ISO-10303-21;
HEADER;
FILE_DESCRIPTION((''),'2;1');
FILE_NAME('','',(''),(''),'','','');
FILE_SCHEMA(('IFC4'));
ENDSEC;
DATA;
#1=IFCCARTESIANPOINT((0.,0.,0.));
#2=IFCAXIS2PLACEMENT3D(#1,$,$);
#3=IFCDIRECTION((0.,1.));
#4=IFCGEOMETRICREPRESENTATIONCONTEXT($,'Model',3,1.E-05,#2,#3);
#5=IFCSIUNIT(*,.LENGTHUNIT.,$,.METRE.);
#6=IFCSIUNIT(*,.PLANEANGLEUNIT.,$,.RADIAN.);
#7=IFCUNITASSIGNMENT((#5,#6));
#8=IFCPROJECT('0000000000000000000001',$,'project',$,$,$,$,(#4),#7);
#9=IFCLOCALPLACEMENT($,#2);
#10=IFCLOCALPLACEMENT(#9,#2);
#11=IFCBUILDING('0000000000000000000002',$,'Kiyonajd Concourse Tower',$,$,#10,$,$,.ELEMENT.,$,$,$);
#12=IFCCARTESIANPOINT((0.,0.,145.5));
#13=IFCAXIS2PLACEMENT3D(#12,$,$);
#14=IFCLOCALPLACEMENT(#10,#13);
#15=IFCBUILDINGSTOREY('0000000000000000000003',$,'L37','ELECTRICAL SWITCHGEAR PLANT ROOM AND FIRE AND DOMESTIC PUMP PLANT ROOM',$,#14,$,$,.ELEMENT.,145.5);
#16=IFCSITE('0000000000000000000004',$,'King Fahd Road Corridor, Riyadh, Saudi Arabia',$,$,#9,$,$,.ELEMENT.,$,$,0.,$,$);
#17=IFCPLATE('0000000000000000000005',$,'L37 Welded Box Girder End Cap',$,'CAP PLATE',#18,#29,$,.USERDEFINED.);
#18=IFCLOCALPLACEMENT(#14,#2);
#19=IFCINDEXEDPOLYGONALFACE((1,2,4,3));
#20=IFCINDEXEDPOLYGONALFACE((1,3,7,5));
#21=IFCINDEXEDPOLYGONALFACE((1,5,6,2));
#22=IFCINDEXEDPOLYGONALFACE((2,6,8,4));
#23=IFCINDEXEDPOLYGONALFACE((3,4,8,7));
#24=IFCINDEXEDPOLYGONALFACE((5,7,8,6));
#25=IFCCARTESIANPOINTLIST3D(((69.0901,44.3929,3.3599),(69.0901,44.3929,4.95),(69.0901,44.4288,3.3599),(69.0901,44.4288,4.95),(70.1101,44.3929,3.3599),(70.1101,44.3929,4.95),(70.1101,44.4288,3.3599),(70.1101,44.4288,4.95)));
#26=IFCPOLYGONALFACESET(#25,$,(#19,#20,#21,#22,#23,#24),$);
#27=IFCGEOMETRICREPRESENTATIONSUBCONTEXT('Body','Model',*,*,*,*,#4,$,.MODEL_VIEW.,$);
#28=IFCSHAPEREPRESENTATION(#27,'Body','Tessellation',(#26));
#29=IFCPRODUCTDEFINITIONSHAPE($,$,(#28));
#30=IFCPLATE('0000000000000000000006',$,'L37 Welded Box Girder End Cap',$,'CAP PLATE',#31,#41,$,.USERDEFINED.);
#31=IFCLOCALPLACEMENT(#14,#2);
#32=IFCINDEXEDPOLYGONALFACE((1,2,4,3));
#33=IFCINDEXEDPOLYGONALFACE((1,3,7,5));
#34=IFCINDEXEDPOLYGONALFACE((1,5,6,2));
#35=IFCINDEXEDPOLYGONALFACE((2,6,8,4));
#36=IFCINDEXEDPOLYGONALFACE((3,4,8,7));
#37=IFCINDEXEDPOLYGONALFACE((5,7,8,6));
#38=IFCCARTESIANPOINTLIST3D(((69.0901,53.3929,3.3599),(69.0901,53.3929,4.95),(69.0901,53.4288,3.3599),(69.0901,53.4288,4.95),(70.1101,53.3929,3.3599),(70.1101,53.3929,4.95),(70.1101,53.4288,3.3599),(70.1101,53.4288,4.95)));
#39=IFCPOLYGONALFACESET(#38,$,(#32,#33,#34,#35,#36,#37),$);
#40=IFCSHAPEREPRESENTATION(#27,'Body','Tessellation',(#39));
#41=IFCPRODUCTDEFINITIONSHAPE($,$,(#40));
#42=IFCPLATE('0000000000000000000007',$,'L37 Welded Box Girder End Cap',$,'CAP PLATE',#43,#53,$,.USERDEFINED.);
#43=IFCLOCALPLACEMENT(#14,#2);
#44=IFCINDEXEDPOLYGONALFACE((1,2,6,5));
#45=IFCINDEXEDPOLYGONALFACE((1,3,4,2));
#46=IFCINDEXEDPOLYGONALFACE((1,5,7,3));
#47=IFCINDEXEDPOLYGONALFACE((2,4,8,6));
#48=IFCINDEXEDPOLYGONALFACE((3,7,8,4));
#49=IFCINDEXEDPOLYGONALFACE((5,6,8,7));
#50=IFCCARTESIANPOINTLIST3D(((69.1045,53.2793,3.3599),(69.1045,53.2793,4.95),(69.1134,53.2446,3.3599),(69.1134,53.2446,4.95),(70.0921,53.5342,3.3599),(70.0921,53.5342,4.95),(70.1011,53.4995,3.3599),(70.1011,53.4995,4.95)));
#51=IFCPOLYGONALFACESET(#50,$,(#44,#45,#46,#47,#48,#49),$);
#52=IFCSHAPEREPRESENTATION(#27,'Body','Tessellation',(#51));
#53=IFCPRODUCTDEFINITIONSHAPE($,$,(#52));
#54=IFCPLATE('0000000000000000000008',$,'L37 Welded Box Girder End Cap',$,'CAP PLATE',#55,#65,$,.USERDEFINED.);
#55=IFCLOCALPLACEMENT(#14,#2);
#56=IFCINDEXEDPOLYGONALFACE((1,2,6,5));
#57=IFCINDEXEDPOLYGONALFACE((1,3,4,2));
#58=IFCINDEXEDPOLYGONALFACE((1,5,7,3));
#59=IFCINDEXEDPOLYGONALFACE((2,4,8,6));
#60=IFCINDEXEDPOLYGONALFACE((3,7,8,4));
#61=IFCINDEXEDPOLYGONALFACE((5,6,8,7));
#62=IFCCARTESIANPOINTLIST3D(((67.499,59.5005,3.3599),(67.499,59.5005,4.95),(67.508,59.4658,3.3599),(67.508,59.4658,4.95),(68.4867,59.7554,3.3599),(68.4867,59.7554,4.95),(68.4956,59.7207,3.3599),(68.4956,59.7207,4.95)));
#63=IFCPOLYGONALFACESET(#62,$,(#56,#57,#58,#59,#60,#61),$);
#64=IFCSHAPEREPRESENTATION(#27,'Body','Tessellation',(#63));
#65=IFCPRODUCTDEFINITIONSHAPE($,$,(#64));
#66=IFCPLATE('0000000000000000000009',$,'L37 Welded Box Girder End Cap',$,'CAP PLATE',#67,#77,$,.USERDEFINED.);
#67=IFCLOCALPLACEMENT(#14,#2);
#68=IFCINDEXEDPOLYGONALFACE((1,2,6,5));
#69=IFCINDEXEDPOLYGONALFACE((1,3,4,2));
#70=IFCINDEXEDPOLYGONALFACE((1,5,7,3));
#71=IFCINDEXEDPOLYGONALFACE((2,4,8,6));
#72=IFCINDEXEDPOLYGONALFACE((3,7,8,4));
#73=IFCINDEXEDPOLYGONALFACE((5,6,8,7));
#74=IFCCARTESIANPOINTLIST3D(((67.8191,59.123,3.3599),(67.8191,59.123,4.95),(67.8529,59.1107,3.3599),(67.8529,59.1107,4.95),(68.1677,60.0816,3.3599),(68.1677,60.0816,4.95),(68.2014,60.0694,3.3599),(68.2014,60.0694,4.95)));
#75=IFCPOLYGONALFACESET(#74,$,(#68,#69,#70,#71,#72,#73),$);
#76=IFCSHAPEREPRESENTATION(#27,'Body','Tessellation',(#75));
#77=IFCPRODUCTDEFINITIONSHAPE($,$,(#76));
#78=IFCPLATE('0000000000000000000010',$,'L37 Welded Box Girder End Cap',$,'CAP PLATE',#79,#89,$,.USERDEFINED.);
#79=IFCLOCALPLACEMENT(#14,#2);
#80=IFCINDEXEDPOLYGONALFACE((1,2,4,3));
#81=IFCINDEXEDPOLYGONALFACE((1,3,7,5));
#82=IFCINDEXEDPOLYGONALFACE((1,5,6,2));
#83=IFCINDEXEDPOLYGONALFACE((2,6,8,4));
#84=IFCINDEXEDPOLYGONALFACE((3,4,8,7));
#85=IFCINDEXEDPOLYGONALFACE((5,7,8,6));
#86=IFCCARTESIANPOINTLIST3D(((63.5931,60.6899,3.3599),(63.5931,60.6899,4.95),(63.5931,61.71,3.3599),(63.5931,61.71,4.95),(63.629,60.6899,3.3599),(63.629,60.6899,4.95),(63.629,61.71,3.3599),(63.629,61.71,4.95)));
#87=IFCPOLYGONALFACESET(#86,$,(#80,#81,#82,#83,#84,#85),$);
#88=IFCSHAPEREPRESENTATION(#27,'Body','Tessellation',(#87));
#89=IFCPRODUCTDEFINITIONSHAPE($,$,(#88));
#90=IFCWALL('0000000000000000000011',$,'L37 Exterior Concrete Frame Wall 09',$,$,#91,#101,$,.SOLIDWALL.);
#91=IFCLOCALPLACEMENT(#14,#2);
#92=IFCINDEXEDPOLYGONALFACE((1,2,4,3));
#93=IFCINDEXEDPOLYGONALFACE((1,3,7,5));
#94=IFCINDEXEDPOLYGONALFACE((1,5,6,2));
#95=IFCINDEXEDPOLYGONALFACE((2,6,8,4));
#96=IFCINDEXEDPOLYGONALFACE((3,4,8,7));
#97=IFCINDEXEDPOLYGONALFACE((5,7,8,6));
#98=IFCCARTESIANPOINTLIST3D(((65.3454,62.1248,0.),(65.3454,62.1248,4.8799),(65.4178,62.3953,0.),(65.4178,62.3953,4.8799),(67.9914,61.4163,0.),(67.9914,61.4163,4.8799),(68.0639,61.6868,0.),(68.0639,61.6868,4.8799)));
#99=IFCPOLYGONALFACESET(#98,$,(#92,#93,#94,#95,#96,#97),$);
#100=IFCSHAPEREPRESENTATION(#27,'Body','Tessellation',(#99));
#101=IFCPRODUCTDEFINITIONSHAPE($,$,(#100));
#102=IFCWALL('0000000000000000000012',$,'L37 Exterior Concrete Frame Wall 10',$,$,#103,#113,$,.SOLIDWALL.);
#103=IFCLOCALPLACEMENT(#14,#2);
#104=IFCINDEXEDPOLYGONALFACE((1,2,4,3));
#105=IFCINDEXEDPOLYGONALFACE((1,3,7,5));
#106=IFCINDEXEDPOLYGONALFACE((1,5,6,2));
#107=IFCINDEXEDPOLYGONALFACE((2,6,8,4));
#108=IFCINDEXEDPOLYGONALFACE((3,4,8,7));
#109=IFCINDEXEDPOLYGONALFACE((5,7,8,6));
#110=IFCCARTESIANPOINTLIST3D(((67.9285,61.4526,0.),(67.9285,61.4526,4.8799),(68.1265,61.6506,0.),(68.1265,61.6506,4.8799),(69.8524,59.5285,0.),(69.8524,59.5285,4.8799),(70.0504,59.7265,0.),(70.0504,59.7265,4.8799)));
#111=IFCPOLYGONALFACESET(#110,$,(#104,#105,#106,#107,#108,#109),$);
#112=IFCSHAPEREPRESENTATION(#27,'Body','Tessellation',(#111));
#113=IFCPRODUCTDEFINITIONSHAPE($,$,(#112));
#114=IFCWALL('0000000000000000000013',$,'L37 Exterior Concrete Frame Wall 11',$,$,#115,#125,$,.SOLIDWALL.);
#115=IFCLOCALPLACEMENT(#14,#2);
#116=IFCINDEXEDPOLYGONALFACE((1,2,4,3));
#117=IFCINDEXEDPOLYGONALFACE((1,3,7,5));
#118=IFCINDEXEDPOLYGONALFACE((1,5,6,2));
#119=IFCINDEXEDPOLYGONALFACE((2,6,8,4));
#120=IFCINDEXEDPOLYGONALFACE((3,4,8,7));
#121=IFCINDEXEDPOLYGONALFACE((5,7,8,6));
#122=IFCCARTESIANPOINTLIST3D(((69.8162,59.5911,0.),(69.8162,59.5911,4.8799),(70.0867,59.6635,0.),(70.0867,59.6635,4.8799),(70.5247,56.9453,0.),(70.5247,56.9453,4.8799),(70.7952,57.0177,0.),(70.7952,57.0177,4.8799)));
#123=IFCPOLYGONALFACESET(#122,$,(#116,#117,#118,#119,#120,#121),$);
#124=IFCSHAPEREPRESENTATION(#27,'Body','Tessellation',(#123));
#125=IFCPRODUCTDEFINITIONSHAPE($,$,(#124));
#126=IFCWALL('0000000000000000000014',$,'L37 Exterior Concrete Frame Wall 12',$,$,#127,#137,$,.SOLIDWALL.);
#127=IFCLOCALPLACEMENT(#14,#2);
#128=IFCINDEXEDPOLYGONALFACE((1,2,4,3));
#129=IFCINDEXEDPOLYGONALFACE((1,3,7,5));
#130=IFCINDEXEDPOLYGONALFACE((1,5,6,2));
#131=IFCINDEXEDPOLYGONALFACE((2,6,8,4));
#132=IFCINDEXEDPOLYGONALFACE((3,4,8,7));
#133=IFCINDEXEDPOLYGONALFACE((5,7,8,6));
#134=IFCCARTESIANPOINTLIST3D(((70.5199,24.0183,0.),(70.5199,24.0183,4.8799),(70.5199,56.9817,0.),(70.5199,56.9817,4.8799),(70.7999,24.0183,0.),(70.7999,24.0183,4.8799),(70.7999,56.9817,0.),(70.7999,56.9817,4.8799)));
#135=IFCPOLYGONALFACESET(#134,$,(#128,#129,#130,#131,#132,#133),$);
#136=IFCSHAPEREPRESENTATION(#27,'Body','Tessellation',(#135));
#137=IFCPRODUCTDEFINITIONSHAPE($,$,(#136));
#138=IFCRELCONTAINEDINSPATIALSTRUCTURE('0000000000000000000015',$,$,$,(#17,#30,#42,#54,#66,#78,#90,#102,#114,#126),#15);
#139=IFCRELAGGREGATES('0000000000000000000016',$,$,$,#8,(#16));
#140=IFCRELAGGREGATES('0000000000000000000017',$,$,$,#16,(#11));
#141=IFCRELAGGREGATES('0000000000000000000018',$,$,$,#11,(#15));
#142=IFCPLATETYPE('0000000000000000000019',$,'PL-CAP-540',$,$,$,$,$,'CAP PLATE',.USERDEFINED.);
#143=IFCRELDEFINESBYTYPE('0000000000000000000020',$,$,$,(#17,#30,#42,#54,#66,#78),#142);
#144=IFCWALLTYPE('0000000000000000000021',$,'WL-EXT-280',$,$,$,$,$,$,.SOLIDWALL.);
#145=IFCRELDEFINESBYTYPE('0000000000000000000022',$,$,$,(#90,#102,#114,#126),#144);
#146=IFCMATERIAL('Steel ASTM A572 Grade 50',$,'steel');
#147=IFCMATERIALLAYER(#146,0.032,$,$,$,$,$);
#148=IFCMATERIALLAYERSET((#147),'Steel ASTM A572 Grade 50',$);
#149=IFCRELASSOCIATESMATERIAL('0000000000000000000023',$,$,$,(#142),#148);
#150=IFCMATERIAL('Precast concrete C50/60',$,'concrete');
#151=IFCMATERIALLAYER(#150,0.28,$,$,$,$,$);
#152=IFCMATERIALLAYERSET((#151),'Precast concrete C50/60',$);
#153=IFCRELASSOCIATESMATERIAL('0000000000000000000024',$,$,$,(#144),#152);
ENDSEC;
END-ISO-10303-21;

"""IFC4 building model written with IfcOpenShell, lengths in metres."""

from ifc_helpers import new_model, si_unit, direction, frame, frame_2d, origin, origin_2d, place, context, subcontext, project, spatial, rectangle, extrude, material, layer, layer_set, type_object, element, save


model = new_model("IFC4")

# Units and contexts
model_context = context("Model", 3, precision=1e-05, world=origin(), true_north=direction((0.0, 1.0)))
body_context = subcontext(model_context, "Body", "Model", "MODEL_VIEW")
ifc_project = project(units=[si_unit("LENGTHUNIT", "METRE"), si_unit("PLANEANGLEUNIT", "RADIAN")], contexts=[model_context])

# Site, building, storey
site_placement = place(None, origin())
site = spatial("IfcSite", under=ifc_project, at=site_placement, Name="King Fahd Road Corridor, Riyadh, Saudi Arabia", CompositionType="ELEMENT", RefElevation=0.0)
building_placement = place(site_placement, origin())
building = spatial("IfcBuilding", under=site, at=building_placement, Name="Kiyonajd Concourse Tower", CompositionType="ELEMENT")
storey_placement = place(building_placement, frame((0.0, 0.0, 145.5)))
storey = spatial("IfcBuildingStorey", under=building, at=storey_placement, Name="L37", Description="ELECTRICAL SWITCHGEAR PLANT ROOM AND FIRE AND DOMESTIC PUMP PLANT ROOM", CompositionType="ELEMENT", Elevation=145.5)

# Shared definitions
ifc_material_1 = material(Name="Steel ASTM A572 Grade 50", Category="steel")

# Plates
ifc_layer_1 = layer(ifc_material_1, 0.032)
ifc_layer_set_1 = layer_set([ifc_layer_1], Name="Steel ASTM A572 Grade 50")
plate_type_1 = type_object("IfcPlateType", Name="PL-CAP-540", ElementType="CAP PLATE", PredefinedType="USERDEFINED", material=ifc_layer_set_1)
for number, where, z_axis, x_axis, name in (
    (1, (69.6001, 44.4109, 3.3599), (0.0, 0.0, 1.0), (0.0, 1.0, 0.0), "L37 Welded Box Girder End Cap"),
    (2, (69.6001, 53.4109, 3.3599), (0.0, 0.0, 1.0), (0.0, 1.0, 0.0), "L37 Welded Box Girder End Cap"),
    (3, (69.6028, 53.3894, 3.3599), (0.0, 0.0, 1.0), (0.249873, -0.968279, 0.0), "L37 Welded Box Girder End Cap"),
    (4, (67.9973, 59.6106, 3.3599), (0.0, 0.0, 1.0), (-0.249873, 0.968279, 0.0), "L37 Welded Box Girder End Cap"),
    (5, (68.0103, 59.5962, 3.3599), (0.0, 0.0, 1.0), (0.939812, -0.341692, 0.0), "L37 Welded Box Girder End Cap"),
    (6, (63.6111, 61.2, 3.3599), (0.0, 0.0, 1.0), (1.0, 0.0, 0.0), "L37 Welded Box Girder End Cap"),
):
    element("IfcPlate", number, at=place(storey_placement, frame(where, z_axis=z_axis, x_axis=x_axis)), inside=storey, type_object=plate_type_1, Name=name, ObjectType="CAP PLATE", PredefinedType="USERDEFINED", context=body_context, shape_type="SweptSolid", body=[
        extrude(rectangle(XDim=0.0359, YDim=1.02, at=origin_2d()), origin(), (0.0, 0.0, 1.0), 1.5901),
    ])

# Walls
ifc_material_2 = material(Name="Precast concrete C50/60", Category="concrete")
ifc_layer_2 = layer(ifc_material_2, 0.28)
ifc_layer_set_2 = layer_set([ifc_layer_2], Name="Precast concrete C50/60")
wall_type = type_object("IfcWallType", Name="WL-EXT-280", PredefinedType="SOLIDWALL", material=ifc_layer_set_2)
wall_1_placement = place(storey_placement, frame((65.3816, 62.26, 0.0), z_axis=(0.0, 0.0, 1.0), x_axis=(0.965971, -0.25865, 0.0)))
element("IfcWall", 7, at=wall_1_placement, inside=storey, type_object=wall_type, Name="L37 Exterior Concrete Frame Wall 09", PredefinedType="SOLIDWALL", context=body_context, shape_type="SweptSolid", body=[
    extrude(rectangle(XDim=2.7393, YDim=0.28, at=frame_2d((1.3696, 0.0))), origin(), (0.0, 0.0, 1.0), 4.8799),
])
wall_2_placement = place(storey_placement, frame((68.0276, 61.5515, 0.0), z_axis=(0.0, 0.0, 1.0), x_axis=(0.707062, -0.707152, 0.0)))
element("IfcWall", 8, at=wall_2_placement, inside=storey, type_object=wall_type, Name="L37 Exterior Concrete Frame Wall 10", PredefinedType="SOLIDWALL", context=body_context, shape_type="SweptSolid", body=[
    extrude(rectangle(XDim=2.7209, YDim=0.28, at=frame_2d((1.3604, 0.0))), origin(), (0.0, 0.0, 1.0), 4.8799),
])
wall_3_placement = place(storey_placement, frame((69.9514, 59.6274, 0.0), z_axis=(0.0, 0.0, 1.0), x_axis=(0.258672, -0.965965, 0.0)))
element("IfcWall", 9, at=wall_3_placement, inside=storey, type_object=wall_type, Name="L37 Exterior Concrete Frame Wall 11", PredefinedType="SOLIDWALL", context=body_context, shape_type="SweptSolid", body=[
    extrude(rectangle(XDim=2.739, YDim=0.28, at=frame_2d((1.3696, 0.0))), origin(), (0.0, 0.0, 1.0), 4.8799),
])
wall_4_placement = place(storey_placement, frame((70.6599, 56.9817, 0.0), z_axis=(0.0, 0.0, 1.0), x_axis=(0.0, -1.0, 0.0)))
element("IfcWall", 10, at=wall_4_placement, inside=storey, type_object=wall_type, Name="L37 Exterior Concrete Frame Wall 12", PredefinedType="SOLIDWALL", context=body_context, shape_type="SweptSolid", body=[
    extrude(rectangle(XDim=32.9634, YDim=0.28, at=frame_2d((16.4817, 0.0))), origin(), (0.0, 0.0, 1.0), 4.8799),
])

save(model, "model.ifc")
